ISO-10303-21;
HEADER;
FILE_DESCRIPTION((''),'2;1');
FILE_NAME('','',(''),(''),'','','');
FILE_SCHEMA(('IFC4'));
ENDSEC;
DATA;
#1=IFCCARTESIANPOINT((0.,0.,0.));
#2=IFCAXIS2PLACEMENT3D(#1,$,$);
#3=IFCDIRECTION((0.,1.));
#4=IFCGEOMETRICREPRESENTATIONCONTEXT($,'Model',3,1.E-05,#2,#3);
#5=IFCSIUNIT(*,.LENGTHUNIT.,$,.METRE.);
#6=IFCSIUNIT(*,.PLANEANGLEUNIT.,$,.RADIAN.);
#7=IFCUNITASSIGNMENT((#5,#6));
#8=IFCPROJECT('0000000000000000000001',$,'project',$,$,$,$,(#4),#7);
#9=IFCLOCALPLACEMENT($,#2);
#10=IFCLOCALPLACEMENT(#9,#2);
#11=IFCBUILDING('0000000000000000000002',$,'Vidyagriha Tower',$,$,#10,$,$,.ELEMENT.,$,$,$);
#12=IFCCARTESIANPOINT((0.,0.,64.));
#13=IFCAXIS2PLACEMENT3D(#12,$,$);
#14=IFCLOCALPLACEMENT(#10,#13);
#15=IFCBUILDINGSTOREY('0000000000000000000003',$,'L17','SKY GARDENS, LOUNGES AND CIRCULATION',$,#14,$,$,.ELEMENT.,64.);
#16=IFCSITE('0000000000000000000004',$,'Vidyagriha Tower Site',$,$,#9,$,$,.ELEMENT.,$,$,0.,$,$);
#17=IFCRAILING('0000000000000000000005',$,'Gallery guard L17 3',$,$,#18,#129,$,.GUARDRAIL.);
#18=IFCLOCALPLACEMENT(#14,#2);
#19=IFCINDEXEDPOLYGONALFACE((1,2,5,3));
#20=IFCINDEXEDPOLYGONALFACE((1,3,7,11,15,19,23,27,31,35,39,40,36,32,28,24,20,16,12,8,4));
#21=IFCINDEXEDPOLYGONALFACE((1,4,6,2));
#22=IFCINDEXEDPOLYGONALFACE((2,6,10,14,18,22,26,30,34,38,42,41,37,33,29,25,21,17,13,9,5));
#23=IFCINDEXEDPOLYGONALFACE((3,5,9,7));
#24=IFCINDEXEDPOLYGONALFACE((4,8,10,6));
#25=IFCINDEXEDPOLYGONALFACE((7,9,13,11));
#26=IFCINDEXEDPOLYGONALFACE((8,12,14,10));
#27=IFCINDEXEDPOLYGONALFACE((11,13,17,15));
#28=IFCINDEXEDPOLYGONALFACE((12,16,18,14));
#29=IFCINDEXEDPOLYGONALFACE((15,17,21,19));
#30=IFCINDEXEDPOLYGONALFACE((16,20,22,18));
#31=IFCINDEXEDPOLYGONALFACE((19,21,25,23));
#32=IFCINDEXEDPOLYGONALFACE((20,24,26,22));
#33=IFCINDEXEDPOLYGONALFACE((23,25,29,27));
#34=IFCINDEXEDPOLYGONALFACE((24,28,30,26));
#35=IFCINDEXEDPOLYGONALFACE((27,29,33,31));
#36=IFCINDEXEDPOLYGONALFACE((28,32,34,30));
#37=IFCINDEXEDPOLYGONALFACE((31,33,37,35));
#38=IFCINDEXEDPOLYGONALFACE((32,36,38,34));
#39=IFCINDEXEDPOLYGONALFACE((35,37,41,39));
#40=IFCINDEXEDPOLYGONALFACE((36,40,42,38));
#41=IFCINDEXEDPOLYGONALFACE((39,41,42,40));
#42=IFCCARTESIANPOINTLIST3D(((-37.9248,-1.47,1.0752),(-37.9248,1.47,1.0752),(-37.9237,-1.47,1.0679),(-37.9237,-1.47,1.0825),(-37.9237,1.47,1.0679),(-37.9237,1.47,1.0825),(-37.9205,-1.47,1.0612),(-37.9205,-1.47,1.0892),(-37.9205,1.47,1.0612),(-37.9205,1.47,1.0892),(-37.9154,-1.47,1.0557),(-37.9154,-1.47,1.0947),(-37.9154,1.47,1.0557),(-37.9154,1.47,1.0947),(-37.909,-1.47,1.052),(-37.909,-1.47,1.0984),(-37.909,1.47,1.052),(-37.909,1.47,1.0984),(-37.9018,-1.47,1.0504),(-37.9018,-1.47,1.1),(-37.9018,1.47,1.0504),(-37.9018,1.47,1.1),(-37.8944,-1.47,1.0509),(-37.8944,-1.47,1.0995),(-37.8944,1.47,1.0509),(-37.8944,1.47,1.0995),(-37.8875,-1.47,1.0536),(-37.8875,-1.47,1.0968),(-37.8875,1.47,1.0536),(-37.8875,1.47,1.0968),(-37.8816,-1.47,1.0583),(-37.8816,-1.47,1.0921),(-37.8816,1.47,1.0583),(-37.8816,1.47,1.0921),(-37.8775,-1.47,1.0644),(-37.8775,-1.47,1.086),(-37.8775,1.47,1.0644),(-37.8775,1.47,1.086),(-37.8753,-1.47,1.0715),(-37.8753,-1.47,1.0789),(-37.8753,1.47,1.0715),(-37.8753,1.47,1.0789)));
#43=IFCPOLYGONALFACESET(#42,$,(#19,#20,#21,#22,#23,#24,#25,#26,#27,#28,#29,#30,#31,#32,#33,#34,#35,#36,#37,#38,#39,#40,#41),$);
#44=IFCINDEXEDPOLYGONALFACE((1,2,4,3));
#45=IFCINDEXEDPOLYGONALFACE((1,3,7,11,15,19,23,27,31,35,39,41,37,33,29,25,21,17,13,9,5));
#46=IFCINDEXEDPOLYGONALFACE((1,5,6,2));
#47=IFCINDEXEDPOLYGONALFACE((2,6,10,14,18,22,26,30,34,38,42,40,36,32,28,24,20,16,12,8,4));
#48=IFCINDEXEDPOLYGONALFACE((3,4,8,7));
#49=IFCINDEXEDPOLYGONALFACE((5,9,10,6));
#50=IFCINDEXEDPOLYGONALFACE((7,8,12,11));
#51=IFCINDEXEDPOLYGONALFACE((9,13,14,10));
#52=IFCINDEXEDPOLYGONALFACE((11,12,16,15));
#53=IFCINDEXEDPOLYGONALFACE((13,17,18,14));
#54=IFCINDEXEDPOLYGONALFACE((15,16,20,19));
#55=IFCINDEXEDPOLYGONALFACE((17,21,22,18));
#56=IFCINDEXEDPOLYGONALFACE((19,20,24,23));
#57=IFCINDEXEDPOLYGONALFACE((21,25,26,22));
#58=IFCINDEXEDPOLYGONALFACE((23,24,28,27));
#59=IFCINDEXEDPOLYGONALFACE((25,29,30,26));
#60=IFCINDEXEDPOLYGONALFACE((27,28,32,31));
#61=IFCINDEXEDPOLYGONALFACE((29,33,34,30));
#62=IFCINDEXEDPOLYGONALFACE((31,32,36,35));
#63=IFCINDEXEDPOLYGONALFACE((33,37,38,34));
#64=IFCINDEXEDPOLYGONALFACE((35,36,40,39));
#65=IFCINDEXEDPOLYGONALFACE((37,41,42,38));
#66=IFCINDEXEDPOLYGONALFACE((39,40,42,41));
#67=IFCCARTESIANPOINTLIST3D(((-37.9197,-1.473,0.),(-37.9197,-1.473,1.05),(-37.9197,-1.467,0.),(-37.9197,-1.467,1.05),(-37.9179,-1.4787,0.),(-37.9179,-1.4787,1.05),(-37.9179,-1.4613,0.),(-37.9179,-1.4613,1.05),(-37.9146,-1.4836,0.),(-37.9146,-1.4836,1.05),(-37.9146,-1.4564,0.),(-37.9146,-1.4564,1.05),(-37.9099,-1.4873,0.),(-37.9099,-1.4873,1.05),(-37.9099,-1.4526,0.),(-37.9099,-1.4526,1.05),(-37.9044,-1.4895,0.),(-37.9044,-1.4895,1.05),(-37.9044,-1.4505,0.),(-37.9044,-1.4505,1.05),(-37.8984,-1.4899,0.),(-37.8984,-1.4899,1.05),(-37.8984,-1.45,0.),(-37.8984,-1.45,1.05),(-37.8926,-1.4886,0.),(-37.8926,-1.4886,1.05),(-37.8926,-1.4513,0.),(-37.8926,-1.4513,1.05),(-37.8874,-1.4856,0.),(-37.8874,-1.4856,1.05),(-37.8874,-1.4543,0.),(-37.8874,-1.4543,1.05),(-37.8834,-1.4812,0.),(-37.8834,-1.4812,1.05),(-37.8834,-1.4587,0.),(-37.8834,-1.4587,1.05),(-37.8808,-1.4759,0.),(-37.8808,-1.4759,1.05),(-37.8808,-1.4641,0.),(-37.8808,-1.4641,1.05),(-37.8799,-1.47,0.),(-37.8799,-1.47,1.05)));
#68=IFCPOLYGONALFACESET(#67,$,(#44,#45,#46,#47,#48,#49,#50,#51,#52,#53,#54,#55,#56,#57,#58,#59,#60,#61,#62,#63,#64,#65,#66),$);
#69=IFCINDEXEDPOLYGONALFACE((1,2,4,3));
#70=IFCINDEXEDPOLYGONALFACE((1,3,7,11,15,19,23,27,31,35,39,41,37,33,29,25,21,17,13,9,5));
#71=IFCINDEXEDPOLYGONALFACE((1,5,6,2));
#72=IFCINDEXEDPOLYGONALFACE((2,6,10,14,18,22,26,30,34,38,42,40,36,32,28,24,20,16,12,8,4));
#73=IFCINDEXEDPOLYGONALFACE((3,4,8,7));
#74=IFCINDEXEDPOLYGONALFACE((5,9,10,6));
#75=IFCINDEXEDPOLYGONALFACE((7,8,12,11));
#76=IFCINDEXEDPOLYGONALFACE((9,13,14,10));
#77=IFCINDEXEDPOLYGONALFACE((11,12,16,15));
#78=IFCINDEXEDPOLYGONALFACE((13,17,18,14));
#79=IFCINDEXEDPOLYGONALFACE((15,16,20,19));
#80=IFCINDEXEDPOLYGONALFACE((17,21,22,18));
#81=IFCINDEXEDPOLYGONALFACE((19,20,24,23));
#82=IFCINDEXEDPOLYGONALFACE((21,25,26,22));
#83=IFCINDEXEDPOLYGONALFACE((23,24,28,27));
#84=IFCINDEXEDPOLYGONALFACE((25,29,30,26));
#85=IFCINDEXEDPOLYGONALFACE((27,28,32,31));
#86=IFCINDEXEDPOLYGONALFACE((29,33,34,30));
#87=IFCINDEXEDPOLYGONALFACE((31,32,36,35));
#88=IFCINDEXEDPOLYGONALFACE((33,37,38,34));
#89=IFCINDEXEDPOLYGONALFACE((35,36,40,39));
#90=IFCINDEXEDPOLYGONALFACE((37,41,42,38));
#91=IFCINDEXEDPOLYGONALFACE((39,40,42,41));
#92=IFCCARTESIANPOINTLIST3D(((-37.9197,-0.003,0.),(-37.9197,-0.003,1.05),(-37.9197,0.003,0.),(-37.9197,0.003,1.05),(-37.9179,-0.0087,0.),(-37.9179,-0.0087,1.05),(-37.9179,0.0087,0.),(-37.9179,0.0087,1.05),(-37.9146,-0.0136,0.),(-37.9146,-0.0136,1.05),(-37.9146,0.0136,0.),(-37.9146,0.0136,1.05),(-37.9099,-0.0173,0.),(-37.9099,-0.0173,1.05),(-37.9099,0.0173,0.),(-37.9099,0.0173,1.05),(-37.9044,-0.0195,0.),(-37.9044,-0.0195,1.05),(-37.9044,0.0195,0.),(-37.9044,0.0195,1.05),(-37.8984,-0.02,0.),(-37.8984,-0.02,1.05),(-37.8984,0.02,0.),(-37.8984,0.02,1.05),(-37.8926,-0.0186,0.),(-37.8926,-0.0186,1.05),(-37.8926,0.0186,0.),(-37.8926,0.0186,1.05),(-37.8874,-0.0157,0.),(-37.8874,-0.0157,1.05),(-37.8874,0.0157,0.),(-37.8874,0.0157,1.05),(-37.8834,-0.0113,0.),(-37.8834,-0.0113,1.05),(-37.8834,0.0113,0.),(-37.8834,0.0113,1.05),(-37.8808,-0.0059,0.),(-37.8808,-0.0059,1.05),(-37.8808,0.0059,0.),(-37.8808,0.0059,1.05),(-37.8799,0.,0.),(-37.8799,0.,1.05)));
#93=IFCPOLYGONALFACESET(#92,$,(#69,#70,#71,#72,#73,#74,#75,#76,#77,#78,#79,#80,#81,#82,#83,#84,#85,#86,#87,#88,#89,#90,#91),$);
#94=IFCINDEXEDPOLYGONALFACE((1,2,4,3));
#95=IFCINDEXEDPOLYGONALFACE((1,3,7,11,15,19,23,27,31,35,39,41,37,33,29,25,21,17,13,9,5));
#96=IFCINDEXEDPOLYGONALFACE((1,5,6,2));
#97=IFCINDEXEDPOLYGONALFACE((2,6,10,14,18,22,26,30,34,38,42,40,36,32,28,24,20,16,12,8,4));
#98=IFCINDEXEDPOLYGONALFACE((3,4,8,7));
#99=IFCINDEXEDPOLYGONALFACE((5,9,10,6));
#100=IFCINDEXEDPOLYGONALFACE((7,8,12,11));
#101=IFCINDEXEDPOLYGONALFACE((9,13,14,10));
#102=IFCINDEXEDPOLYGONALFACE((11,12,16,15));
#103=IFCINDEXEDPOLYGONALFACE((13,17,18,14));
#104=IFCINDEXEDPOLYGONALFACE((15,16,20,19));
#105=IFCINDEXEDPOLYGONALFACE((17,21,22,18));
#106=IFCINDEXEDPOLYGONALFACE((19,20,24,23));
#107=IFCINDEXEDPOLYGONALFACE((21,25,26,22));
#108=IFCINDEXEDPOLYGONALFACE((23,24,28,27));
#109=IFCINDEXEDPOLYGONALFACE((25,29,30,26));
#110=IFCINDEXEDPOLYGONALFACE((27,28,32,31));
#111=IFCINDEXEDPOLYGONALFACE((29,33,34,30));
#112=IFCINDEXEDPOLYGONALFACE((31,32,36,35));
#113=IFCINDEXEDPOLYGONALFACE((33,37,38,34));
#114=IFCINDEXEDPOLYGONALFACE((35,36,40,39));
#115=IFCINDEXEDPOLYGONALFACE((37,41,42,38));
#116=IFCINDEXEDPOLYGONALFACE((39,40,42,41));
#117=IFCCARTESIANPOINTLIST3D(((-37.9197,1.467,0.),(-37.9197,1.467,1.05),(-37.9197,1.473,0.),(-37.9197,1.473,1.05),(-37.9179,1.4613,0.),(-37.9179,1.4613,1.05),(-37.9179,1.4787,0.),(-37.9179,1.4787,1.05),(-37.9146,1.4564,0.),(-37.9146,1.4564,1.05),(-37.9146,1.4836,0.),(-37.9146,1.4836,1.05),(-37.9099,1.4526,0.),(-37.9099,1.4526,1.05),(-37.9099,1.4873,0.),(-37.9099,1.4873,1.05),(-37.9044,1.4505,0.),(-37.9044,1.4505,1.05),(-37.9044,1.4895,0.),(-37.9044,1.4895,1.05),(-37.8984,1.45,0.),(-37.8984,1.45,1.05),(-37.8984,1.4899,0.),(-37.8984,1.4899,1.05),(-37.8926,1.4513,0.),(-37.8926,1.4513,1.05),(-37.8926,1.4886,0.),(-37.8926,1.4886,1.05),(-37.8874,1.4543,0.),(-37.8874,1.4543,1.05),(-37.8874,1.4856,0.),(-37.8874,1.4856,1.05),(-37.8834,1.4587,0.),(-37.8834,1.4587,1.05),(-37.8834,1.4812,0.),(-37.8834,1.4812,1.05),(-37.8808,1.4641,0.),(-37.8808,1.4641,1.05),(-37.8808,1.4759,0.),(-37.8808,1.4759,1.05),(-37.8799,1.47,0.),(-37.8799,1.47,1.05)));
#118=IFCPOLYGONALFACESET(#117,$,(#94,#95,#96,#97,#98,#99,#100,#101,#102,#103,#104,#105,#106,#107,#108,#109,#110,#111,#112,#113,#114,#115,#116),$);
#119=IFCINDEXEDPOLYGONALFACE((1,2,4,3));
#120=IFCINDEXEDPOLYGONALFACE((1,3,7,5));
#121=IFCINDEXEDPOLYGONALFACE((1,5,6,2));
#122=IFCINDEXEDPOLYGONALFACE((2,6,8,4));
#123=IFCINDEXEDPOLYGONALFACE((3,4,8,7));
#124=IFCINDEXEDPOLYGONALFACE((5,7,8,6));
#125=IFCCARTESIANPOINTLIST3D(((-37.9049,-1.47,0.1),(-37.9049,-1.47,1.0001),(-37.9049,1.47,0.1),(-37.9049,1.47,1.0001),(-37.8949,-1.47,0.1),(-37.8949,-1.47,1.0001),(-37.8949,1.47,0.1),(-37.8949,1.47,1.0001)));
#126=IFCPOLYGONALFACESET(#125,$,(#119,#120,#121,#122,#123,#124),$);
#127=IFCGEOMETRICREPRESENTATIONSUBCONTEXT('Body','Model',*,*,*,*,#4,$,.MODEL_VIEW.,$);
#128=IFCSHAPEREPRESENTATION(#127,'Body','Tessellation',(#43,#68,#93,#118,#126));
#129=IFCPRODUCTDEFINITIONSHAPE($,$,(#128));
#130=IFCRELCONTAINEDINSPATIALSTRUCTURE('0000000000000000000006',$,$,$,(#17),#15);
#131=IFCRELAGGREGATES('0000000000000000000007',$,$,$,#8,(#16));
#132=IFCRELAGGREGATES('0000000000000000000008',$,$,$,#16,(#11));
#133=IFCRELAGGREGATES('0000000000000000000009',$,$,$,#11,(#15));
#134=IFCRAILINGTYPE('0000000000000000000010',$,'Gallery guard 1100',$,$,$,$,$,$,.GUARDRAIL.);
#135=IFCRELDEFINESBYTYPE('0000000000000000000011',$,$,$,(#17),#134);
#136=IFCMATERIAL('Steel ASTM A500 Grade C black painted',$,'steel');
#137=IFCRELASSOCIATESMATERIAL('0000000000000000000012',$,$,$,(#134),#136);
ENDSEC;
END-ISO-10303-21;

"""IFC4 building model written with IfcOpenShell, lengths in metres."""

from ifc_helpers import new_model, si_unit, direction, frame, origin, origin_2d, place, context, subcontext, project, spatial, rectangle, circle, extrude, material, type_object, element, save


model = new_model("IFC4")

# Units and contexts
model_context = context("Model", 3, precision=1e-05, world=origin(), true_north=direction((0.0, 1.0)))
body_context = subcontext(model_context, "Body", "Model", "MODEL_VIEW")
ifc_project = project(units=[si_unit("LENGTHUNIT", "METRE"), si_unit("PLANEANGLEUNIT", "RADIAN")], contexts=[model_context])

# Site, building, storey
site_placement = place(None, origin())
site = spatial("IfcSite", under=ifc_project, at=site_placement, Name="Vidyagriha Tower Site", CompositionType="ELEMENT", RefElevation=0.0)
building_placement = place(site_placement, origin())
building = spatial("IfcBuilding", under=site, at=building_placement, Name="Vidyagriha Tower", CompositionType="ELEMENT")
storey_placement = place(building_placement, frame((0.0, 0.0, 64.0)))
storey = spatial("IfcBuildingStorey", under=building, at=storey_placement, Name="L17", Description="SKY GARDENS, LOUNGES AND CIRCULATION", CompositionType="ELEMENT", Elevation=64.0)

# Railing
ifc_material_1 = material(Name="Steel ASTM A500 Grade C black painted", Category="steel")
railing_type = type_object("IfcRailingType", Name="Gallery guard 1100", PredefinedType="GUARDRAIL", material=ifc_material_1)
railing_1_placement = place(storey_placement, frame((-37.8999, -1.47, 0.0)))
element("IfcRailing", 1, at=railing_1_placement, inside=storey, type_object=railing_type, Name="Gallery guard L17 3", PredefinedType="GUARDRAIL", context=body_context, shape_type="SweptSolid", body=[
    extrude(circle(Radius=0.0249, at=origin_2d()), frame((0.0, 0.0, 1.0752), z_axis=(0.0, 1.0, 0.0), x_axis=(-1.0, 0.0, 0.0)), (0.0, 0.0, 1.0), 2.9399),
    extrude(circle(Radius=0.02, at=origin_2d()), origin(), (0.0, 0.0, 1.0), 1.05),
    extrude(circle(Radius=0.02, at=origin_2d()), frame((0.0, 1.47, 0.0)), (0.0, 0.0, 1.0), 1.05),
    extrude(circle(Radius=0.02, at=origin_2d()), frame((0.0, 2.9399, 0.0)), (0.0, 0.0, 1.0), 1.05),
    extrude(rectangle(XDim=0.01, YDim=0.9001, at=origin_2d()), frame((0.0, 0.0, 0.55), z_axis=(0.0, 1.0, 0.0), x_axis=(-1.0, 0.0, 0.0)), (0.0, 0.0, 1.0), 2.9399),
])

save(model, "model.ifc")
